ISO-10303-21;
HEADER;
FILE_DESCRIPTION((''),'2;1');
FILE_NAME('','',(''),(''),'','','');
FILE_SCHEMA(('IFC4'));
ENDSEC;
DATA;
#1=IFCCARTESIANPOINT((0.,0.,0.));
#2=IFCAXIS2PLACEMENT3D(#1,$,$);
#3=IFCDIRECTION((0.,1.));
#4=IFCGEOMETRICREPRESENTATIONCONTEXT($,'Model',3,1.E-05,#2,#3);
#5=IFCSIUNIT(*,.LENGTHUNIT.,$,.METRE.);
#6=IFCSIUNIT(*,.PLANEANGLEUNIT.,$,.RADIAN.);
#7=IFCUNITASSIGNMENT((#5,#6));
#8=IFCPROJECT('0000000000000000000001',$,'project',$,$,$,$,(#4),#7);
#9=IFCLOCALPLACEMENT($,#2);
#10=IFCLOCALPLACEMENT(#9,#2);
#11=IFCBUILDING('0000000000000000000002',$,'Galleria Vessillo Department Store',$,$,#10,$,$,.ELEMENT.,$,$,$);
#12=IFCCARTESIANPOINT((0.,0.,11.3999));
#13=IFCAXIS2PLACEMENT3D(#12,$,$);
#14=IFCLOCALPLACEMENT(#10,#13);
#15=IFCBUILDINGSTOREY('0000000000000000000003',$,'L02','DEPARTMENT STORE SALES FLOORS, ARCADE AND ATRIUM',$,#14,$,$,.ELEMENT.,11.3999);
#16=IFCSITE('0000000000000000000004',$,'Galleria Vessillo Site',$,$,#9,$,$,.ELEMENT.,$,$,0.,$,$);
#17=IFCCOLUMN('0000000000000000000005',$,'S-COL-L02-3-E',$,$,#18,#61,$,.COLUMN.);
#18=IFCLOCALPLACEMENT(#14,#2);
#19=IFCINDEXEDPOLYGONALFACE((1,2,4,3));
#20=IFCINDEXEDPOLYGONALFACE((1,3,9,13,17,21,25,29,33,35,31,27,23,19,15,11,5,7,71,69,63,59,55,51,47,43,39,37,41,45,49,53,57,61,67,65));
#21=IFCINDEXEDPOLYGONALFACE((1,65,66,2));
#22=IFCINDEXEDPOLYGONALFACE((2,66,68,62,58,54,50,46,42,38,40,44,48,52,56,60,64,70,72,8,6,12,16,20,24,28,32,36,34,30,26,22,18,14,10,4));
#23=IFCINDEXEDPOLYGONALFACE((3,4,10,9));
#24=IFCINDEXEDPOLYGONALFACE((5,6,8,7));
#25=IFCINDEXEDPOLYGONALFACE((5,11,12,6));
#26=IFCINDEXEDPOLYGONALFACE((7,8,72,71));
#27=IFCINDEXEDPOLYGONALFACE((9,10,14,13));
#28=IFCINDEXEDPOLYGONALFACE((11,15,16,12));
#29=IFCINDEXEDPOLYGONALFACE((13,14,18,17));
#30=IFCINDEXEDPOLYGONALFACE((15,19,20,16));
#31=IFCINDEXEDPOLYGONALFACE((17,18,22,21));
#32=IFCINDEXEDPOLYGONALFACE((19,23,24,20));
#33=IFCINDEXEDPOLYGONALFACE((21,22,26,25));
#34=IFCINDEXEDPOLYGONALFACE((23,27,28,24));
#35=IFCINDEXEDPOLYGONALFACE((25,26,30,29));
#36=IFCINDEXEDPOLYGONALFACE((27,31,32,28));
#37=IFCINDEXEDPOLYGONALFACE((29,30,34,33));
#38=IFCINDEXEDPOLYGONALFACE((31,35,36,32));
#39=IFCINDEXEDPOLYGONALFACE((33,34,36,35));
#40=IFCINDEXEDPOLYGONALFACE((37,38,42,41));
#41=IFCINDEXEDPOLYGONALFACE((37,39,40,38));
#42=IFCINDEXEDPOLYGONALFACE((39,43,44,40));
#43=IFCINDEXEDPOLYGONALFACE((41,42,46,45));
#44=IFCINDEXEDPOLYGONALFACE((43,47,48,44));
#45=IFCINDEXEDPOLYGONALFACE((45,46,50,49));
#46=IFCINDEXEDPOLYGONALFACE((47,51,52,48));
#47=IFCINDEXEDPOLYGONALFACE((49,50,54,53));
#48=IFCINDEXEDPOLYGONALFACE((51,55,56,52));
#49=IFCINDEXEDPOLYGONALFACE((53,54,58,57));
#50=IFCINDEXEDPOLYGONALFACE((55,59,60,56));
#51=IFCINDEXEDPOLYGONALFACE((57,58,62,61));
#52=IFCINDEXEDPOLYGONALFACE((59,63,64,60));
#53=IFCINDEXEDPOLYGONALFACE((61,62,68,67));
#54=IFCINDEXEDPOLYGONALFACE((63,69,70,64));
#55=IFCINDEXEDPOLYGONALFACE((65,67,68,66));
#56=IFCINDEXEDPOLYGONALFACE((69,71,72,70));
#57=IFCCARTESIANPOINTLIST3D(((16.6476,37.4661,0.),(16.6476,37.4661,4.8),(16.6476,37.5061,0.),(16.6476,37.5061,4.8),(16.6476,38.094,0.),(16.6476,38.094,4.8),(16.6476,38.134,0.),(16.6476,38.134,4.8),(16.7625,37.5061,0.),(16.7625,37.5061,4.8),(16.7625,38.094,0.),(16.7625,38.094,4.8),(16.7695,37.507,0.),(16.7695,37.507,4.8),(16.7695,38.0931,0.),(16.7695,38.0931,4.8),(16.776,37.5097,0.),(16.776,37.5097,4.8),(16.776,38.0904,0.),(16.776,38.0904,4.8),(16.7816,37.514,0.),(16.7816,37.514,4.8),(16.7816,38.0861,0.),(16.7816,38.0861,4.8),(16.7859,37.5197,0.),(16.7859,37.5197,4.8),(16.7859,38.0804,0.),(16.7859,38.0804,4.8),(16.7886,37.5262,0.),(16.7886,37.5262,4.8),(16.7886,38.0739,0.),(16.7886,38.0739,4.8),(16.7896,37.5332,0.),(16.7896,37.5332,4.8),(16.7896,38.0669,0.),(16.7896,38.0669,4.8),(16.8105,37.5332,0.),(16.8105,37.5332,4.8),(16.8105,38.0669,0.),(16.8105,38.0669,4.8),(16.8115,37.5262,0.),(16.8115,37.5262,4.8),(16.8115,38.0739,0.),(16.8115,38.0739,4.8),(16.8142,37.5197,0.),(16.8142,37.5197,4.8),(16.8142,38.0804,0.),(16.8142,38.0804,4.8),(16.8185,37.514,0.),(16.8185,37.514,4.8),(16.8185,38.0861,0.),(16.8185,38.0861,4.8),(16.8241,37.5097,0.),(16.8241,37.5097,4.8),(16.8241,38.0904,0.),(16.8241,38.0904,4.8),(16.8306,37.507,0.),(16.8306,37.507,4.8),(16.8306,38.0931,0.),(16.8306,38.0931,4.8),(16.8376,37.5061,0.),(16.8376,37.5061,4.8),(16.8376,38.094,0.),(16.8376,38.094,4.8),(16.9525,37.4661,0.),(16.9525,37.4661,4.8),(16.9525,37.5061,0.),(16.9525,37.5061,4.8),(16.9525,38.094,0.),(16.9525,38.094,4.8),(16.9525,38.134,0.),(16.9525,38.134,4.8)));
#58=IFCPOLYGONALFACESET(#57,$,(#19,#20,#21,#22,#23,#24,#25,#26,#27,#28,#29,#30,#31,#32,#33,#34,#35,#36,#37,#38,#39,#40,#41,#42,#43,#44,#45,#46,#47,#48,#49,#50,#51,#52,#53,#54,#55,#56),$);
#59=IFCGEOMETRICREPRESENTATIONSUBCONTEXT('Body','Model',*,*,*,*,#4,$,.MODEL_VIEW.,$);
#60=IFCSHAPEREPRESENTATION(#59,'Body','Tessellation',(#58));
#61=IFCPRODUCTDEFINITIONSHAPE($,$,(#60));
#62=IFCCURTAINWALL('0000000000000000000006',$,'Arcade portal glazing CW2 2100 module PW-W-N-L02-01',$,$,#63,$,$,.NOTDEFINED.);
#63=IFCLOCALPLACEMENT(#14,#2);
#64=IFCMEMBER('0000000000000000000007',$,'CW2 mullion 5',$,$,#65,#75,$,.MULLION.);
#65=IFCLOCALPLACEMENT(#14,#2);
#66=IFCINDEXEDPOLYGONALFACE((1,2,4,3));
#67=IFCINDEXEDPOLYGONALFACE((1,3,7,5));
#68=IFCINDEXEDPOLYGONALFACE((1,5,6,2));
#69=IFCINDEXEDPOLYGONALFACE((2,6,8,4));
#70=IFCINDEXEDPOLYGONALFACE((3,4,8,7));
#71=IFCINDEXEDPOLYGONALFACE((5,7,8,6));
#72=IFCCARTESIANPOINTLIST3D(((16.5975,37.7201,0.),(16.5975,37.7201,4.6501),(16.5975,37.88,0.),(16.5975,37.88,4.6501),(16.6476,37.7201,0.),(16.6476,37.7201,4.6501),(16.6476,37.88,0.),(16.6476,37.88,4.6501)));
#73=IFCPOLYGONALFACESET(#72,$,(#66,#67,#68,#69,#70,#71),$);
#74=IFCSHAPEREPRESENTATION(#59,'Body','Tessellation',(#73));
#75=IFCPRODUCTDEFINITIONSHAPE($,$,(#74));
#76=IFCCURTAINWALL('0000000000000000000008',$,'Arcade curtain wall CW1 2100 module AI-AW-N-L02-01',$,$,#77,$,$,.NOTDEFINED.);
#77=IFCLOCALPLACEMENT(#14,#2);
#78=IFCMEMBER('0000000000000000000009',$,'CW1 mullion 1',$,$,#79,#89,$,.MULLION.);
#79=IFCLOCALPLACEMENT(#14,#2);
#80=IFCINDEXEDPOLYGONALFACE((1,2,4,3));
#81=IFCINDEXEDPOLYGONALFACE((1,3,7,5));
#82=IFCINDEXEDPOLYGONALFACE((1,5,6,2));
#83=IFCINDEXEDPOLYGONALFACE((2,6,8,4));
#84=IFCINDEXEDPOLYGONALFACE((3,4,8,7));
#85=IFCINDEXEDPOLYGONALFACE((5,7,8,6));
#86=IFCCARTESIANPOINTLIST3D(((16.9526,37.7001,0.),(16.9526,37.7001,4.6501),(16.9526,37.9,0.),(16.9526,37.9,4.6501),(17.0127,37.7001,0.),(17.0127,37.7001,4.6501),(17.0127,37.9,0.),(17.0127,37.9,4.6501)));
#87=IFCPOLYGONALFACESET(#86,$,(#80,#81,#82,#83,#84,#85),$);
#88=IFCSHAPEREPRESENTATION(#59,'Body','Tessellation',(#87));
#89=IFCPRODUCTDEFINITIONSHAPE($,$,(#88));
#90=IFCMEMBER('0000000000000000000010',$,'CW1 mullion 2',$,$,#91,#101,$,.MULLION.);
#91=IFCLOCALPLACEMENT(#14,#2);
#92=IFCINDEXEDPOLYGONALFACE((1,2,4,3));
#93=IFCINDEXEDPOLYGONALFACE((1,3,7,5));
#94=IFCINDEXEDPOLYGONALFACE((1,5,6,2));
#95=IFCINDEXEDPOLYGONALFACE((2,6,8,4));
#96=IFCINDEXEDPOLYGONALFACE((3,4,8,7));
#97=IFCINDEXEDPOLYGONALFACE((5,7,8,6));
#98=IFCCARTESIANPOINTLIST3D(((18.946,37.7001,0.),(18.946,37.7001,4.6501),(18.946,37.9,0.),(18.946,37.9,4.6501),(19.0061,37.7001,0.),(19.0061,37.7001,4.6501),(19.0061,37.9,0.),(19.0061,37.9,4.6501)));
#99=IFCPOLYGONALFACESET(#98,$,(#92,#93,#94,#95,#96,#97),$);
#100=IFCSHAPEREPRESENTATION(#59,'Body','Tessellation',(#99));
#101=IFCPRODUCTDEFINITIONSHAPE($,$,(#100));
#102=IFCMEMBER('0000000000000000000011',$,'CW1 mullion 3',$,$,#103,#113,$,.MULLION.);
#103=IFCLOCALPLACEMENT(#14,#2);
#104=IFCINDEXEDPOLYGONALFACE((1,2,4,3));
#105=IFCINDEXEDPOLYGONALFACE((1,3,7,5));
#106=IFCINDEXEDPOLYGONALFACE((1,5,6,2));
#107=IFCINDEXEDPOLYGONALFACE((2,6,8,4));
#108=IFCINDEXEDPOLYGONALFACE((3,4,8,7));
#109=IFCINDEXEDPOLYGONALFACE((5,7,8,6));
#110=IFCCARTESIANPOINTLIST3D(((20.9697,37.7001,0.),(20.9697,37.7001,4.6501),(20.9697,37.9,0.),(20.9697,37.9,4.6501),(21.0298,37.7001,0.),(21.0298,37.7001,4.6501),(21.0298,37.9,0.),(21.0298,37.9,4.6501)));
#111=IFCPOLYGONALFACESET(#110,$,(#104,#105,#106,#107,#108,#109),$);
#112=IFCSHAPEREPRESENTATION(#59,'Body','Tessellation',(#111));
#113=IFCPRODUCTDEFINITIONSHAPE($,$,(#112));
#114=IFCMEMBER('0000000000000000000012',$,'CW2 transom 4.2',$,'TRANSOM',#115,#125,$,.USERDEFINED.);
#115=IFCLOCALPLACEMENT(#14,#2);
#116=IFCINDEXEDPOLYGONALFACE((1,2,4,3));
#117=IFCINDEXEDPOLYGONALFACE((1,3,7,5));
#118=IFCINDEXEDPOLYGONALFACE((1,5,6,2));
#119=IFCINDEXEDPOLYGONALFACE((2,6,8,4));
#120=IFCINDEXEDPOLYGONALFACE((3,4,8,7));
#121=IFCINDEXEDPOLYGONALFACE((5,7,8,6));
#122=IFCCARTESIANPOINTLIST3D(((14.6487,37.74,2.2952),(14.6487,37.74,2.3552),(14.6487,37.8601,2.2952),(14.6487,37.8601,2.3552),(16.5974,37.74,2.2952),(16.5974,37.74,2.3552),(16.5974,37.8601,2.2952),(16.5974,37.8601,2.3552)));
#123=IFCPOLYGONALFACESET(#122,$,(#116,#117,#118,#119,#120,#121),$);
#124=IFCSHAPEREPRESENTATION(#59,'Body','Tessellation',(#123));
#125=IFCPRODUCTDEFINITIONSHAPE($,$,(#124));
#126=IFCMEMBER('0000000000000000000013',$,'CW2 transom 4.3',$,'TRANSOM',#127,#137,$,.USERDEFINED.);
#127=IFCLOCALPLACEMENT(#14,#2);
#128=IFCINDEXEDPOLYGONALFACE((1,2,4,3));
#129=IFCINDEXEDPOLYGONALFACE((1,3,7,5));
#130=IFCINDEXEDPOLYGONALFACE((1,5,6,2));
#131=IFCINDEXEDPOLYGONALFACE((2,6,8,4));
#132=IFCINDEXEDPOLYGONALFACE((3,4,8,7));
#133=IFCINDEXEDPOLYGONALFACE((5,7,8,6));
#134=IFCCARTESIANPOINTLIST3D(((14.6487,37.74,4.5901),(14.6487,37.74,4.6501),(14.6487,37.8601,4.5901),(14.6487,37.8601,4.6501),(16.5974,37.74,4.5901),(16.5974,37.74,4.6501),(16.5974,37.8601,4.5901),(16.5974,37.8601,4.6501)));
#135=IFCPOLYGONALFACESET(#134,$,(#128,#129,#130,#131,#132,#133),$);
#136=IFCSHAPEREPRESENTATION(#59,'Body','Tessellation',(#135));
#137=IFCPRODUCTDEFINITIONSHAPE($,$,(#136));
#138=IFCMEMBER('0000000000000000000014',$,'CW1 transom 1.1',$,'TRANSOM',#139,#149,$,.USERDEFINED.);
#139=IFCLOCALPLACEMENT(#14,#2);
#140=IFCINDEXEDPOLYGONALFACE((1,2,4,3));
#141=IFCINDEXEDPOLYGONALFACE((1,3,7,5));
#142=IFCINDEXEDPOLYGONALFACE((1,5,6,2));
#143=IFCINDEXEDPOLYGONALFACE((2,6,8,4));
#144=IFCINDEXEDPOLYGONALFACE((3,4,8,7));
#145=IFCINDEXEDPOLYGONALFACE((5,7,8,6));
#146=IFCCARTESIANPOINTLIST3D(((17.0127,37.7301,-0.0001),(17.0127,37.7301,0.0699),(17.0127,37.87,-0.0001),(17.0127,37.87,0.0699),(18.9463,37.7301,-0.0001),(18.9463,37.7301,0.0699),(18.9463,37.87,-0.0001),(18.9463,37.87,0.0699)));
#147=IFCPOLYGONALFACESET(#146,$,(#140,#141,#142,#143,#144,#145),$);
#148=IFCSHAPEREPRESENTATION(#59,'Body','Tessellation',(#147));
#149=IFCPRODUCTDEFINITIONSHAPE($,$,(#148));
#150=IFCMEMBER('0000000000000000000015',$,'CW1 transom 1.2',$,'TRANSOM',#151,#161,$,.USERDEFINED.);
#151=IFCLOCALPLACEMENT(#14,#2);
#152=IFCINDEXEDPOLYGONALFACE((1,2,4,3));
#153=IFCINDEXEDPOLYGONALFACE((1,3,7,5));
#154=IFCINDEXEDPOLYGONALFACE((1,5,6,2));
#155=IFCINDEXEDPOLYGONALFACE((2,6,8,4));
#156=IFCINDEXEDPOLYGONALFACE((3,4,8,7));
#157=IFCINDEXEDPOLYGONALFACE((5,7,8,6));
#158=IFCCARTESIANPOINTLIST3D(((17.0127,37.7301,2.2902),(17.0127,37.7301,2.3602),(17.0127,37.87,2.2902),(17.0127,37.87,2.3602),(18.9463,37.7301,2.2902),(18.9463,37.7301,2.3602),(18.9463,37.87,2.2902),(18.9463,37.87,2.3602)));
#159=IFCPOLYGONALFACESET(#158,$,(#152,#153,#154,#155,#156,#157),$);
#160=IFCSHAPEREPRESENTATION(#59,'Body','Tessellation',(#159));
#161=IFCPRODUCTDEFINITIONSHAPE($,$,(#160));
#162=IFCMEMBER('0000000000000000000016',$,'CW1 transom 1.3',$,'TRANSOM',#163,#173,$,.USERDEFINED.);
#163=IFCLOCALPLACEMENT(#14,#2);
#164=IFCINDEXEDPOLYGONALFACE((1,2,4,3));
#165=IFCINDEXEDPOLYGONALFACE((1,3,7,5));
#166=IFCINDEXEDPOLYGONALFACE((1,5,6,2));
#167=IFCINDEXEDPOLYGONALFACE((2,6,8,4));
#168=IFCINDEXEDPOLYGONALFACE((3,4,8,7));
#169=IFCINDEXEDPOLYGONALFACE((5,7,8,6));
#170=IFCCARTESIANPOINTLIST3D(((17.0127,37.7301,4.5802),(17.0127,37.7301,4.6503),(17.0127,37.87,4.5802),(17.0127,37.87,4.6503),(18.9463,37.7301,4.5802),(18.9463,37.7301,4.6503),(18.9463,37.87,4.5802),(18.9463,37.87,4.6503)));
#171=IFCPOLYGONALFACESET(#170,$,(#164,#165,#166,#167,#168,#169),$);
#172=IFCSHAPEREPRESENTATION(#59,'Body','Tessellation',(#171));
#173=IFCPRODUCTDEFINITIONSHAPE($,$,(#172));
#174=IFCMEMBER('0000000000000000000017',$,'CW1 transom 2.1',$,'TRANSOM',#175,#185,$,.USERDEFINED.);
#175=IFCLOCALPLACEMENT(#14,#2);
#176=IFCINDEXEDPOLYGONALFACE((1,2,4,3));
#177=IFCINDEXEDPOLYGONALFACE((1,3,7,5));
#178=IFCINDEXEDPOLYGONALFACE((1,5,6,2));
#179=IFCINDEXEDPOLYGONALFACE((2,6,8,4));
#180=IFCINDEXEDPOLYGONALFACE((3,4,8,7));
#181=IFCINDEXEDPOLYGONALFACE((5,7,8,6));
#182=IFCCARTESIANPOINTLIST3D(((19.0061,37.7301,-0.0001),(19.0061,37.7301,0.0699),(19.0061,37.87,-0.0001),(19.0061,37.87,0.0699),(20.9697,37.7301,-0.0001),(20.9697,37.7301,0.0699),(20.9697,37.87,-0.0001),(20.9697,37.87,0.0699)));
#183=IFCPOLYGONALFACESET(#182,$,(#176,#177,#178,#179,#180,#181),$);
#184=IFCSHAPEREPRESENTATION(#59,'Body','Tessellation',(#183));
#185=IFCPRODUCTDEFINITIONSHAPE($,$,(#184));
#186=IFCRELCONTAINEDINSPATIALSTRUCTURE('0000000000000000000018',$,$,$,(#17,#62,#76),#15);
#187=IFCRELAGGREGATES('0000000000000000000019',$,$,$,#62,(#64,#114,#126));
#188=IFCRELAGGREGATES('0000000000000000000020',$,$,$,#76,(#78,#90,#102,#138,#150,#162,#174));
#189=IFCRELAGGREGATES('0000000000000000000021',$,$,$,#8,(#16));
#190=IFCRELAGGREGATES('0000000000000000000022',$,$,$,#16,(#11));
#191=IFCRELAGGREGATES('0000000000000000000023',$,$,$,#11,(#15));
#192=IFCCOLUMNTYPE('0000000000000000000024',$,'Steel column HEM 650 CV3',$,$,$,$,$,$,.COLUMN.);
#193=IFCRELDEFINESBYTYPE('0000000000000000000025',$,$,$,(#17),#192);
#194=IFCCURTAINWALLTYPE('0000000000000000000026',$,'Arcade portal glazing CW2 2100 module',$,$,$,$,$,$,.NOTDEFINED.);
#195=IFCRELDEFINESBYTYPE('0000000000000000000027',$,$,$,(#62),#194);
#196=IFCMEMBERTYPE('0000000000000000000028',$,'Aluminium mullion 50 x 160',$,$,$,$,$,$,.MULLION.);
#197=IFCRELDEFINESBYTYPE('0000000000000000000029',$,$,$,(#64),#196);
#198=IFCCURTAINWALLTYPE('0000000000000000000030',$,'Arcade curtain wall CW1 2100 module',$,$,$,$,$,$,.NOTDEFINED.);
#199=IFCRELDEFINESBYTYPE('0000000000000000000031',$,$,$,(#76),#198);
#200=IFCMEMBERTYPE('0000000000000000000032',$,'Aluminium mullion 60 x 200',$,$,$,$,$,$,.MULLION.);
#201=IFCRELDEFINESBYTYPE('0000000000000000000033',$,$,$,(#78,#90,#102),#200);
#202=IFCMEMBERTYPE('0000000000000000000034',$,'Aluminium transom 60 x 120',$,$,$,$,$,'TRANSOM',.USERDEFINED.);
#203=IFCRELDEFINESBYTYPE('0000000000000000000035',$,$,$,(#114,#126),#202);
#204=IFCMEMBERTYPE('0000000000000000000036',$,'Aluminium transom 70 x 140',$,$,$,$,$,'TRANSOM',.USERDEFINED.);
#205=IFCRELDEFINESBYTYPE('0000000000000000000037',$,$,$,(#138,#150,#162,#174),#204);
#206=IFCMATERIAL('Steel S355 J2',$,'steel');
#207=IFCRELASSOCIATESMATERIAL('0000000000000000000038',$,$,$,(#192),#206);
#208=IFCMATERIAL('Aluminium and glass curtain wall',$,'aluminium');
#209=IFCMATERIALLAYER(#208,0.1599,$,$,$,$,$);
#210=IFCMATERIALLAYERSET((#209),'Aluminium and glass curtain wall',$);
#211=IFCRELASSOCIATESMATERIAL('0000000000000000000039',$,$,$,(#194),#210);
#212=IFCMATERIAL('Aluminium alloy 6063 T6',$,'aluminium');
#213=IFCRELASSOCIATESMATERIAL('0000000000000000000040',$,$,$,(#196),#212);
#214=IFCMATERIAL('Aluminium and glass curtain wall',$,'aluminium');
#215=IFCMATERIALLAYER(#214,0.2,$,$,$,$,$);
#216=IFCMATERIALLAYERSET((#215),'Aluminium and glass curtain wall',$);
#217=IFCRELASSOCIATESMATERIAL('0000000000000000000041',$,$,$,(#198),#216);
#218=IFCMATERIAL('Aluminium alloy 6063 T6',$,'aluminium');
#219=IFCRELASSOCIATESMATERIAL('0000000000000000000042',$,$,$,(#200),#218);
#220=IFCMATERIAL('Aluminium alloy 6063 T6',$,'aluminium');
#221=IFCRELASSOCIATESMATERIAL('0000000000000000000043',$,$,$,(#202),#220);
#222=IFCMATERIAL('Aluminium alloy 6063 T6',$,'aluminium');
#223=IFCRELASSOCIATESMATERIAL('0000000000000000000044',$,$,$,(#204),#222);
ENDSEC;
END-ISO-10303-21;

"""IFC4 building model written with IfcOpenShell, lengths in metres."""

from ifc_helpers import new_model, si_unit, direction, frame, origin, origin_2d, place, context, subcontext, project, spatial, rectangle, i_section, extrude, material, layer, layer_set, material_profile, profile_set, type_object, element, aggregate, save


model = new_model("IFC4")

# Units and contexts
model_context = context("Model", 3, precision=1e-05, world=origin(), true_north=direction((0.0, 1.0)))
body_context = subcontext(model_context, "Body", "Model", "MODEL_VIEW")
ifc_project = project(units=[si_unit("LENGTHUNIT", "METRE"), si_unit("PLANEANGLEUNIT", "RADIAN")], contexts=[model_context])

# Site, building, storey
site_placement = place(None, origin())
site = spatial("IfcSite", under=ifc_project, at=site_placement, Name="Galleria Vessillo Site", CompositionType="ELEMENT", RefElevation=0.0)
building_placement = place(site_placement, origin())
building = spatial("IfcBuilding", under=site, at=building_placement, Name="Galleria Vessillo Department Store", CompositionType="ELEMENT")
storey_placement = place(building_placement, frame((0.0, 0.0, 11.3999)))
storey = spatial("IfcBuildingStorey", under=building, at=storey_placement, Name="L02", Description="DEPARTMENT STORE SALES FLOORS, ARCADE AND ATRIUM", CompositionType="ELEMENT", Elevation=11.3999)

# Column
ifc_material_1 = material(Name="Steel S355 J2", Category="steel")
ifc_material_profile_1 = material_profile(ifc_material_1, i_section(OverallWidth=0.3049, OverallDepth=0.668, WebThickness=0.021, FlangeThickness=0.04, FilletRadius=0.0271, at=origin_2d()), Name="HEM 650")
ifc_profile_set_1 = profile_set([ifc_material_profile_1], Name="Steel S355 J2")
column_type = type_object("IfcColumnType", Name="Steel column HEM 650 CV3", PredefinedType="COLUMN", material=ifc_profile_set_1)
column_placement = place(storey_placement, frame((16.8, 37.8, 0.0), z_axis=(0.0, 0.0, 1.0), x_axis=(1.0, 0.0, 0.0)))
element("IfcColumn", 1, at=column_placement, inside=storey, type_object=column_type, Name="S-COL-L02-3-E", PredefinedType="COLUMN", context=body_context, shape_type="SweptSolid", body=[
    extrude(i_section(OverallWidth=0.3049, OverallDepth=0.668, WebThickness=0.021, FlangeThickness=0.04, FilletRadius=0.0271, at=origin_2d()), origin(), (0.0, 0.0, 1.0), 4.8),
])

# Curtain wall, member
ifc_material_2 = material(Name="Aluminium and glass curtain wall", Category="aluminium")
ifc_layer_1 = layer(ifc_material_2, 0.1599)
ifc_layer_set_1 = layer_set([ifc_layer_1], Name="Aluminium and glass curtain wall")
curtain_wall_type_1 = type_object("IfcCurtainWallType", Name="Arcade portal glazing CW2 2100 module", PredefinedType="NOTDEFINED", material=ifc_layer_set_1)
curtain_wall_1_placement = place(storey_placement, origin())
curtain_wall_1 = element("IfcCurtainWall", 2, at=curtain_wall_1_placement, inside=storey, type_object=curtain_wall_type_1, Name="Arcade portal glazing CW2 2100 module PW-W-N-L02-01", PredefinedType="NOTDEFINED")
ifc_material_3 = material(Name="Aluminium alloy 6063 T6", Category="aluminium")
ifc_material_profile_2 = material_profile(ifc_material_3, rectangle(XDim=0.1599, YDim=0.05, at=origin_2d()), Name="AL 50x160")
ifc_profile_set_2 = profile_set([ifc_material_profile_2], Name="Aluminium alloy 6063 T6")
member_type_1 = type_object("IfcMemberType", Name="Aluminium mullion 50 x 160", PredefinedType="MULLION", material=ifc_profile_set_2)
member_1_placement = place(storey_placement, frame((16.6226, 37.8, 0.0), z_axis=(0.0, 0.0, 1.0), x_axis=(0.0, 1.0, 0.0)))
member_1 = element("IfcMember", 3, at=member_1_placement, type_object=member_type_1, Name="CW2 mullion 5", PredefinedType="MULLION", context=body_context, shape_type="SweptSolid", body=[
    extrude(rectangle(XDim=0.1599, YDim=0.05, at=origin_2d()), origin(), (0.0, 0.0, 1.0), 4.6501),
])

# Curtain wall, members
ifc_material_4 = material(Name="Aluminium and glass curtain wall", Category="aluminium")
ifc_layer_2 = layer(ifc_material_4, 0.2)
ifc_layer_set_2 = layer_set([ifc_layer_2], Name="Aluminium and glass curtain wall")
curtain_wall_type_2 = type_object("IfcCurtainWallType", Name="Arcade curtain wall CW1 2100 module", PredefinedType="NOTDEFINED", material=ifc_layer_set_2)
curtain_wall_2_placement = place(storey_placement, origin())
curtain_wall_2 = element("IfcCurtainWall", 4, at=curtain_wall_2_placement, inside=storey, type_object=curtain_wall_type_2, Name="Arcade curtain wall CW1 2100 module AI-AW-N-L02-01", PredefinedType="NOTDEFINED")
ifc_material_5 = material(Name="Aluminium alloy 6063 T6", Category="aluminium")
ifc_material_profile_3 = material_profile(ifc_material_5, rectangle(XDim=0.2, YDim=0.0601, at=origin_2d()), Name="AL 60x200")
ifc_profile_set_3 = profile_set([ifc_material_profile_3], Name="Aluminium alloy 6063 T6")
member_type_2 = type_object("IfcMemberType", Name="Aluminium mullion 60 x 200", PredefinedType="MULLION", material=ifc_profile_set_3)
member_2_placement = place(storey_placement, frame((16.9827, 37.8, 0.0), z_axis=(0.0, 0.0, 1.0), x_axis=(0.0, 1.0, 0.0)))
member_2 = element("IfcMember", 5, at=member_2_placement, type_object=member_type_2, Name="CW1 mullion 1", PredefinedType="MULLION", context=body_context, shape_type="SweptSolid", body=[
    extrude(rectangle(XDim=0.2, YDim=0.0601, at=origin_2d()), origin(), (0.0, 0.0, 1.0), 4.6501),
])
member_3_placement = place(storey_placement, frame((18.9761, 37.8, 0.0), z_axis=(0.0, 0.0, 1.0), x_axis=(0.0, 1.0, 0.0)))
member_3 = element("IfcMember", 6, at=member_3_placement, type_object=member_type_2, Name="CW1 mullion 2", PredefinedType="MULLION", context=body_context, shape_type="SweptSolid", body=[
    extrude(rectangle(XDim=0.2, YDim=0.0601, at=origin_2d()), origin(), (0.0, 0.0, 1.0), 4.6501),
])
member_4_placement = place(storey_placement, frame((20.9998, 37.8, 0.0), z_axis=(0.0, 0.0, 1.0), x_axis=(0.0, 1.0, 0.0)))
member_4 = element("IfcMember", 7, at=member_4_placement, type_object=member_type_2, Name="CW1 mullion 3", PredefinedType="MULLION", context=body_context, shape_type="SweptSolid", body=[
    extrude(rectangle(XDim=0.2, YDim=0.0601, at=origin_2d()), origin(), (0.0, 0.0, 1.0), 4.6501),
])

# Members
ifc_material_6 = material(Name="Aluminium alloy 6063 T6", Category="aluminium")
ifc_material_profile_4 = material_profile(ifc_material_6, rectangle(XDim=0.1201, YDim=0.0601, at=origin_2d()), Name="AL 60x120")
ifc_profile_set_4 = profile_set([ifc_material_profile_4], Name="Aluminium alloy 6063 T6")
member_type_3 = type_object("IfcMemberType", Name="Aluminium transom 60 x 120", ElementType="TRANSOM", PredefinedType="USERDEFINED", material=ifc_profile_set_4)
member_5_placement = place(storey_placement, frame((14.6487, 37.8, 2.3252), z_axis=(1.0, 0.0, 0.0), x_axis=(0.0, 1.0, 0.0)))
member_5 = element("IfcMember", 8, at=member_5_placement, type_object=member_type_3, Name="CW2 transom 4.2", ObjectType="TRANSOM", PredefinedType="USERDEFINED", context=body_context, shape_type="SweptSolid", body=[
    extrude(rectangle(XDim=0.1201, YDim=0.0601, at=origin_2d()), origin(), (0.0, 0.0, 1.0), 1.9487),
])
member_6_placement = place(storey_placement, frame((14.6487, 37.8, 4.6201), z_axis=(1.0, 0.0, 0.0), x_axis=(0.0, 1.0, 0.0)))
member_6 = element("IfcMember", 9, at=member_6_placement, type_object=member_type_3, Name="CW2 transom 4.3", ObjectType="TRANSOM", PredefinedType="USERDEFINED", context=body_context, shape_type="SweptSolid", body=[
    extrude(rectangle(XDim=0.1201, YDim=0.0601, at=origin_2d()), origin(), (0.0, 0.0, 1.0), 1.9487),
])
ifc_material_7 = material(Name="Aluminium alloy 6063 T6", Category="aluminium")
ifc_material_profile_5 = material_profile(ifc_material_7, rectangle(XDim=0.1399, YDim=0.0701, at=origin_2d()), Name="AL 70x140")
ifc_profile_set_5 = profile_set([ifc_material_profile_5], Name="Aluminium alloy 6063 T6")
member_type_4 = type_object("IfcMemberType", Name="Aluminium transom 70 x 140", ElementType="TRANSOM", PredefinedType="USERDEFINED", material=ifc_profile_set_5)
member_7_placement = place(storey_placement, frame((17.0127, 37.8, 0.0349), z_axis=(1.0, 0.0, 0.0), x_axis=(0.0, 1.0, 0.0)))
member_7 = element("IfcMember", 10, at=member_7_placement, type_object=member_type_4, Name="CW1 transom 1.1", ObjectType="TRANSOM", PredefinedType="USERDEFINED", context=body_context, shape_type="SweptSolid", body=[
    extrude(rectangle(XDim=0.1399, YDim=0.0701, at=origin_2d()), origin(), (0.0, 0.0, 1.0), 1.9336),
])
member_8_placement = place(storey_placement, frame((17.0127, 37.8, 2.3252), z_axis=(1.0, 0.0, 0.0), x_axis=(0.0, 1.0, 0.0)))
member_8 = element("IfcMember", 11, at=member_8_placement, type_object=member_type_4, Name="CW1 transom 1.2", ObjectType="TRANSOM", PredefinedType="USERDEFINED", context=body_context, shape_type="SweptSolid", body=[
    extrude(rectangle(XDim=0.1399, YDim=0.0701, at=origin_2d()), origin(), (0.0, 0.0, 1.0), 1.9336),
])
member_9_placement = place(storey_placement, frame((17.0127, 37.8, 4.6152), z_axis=(1.0, 0.0, 0.0), x_axis=(0.0, 1.0, 0.0)))
member_9 = element("IfcMember", 12, at=member_9_placement, type_object=member_type_4, Name="CW1 transom 1.3", ObjectType="TRANSOM", PredefinedType="USERDEFINED", context=body_context, shape_type="SweptSolid", body=[
    extrude(rectangle(XDim=0.1399, YDim=0.0701, at=origin_2d()), origin(), (0.0, 0.0, 1.0), 1.9336),
])
member_10_placement = place(storey_placement, frame((19.0061, 37.8, 0.0349), z_axis=(1.0, 0.0, 0.0), x_axis=(0.0, 1.0, 0.0)))
member_10 = element("IfcMember", 13, at=member_10_placement, type_object=member_type_4, Name="CW1 transom 2.1", ObjectType="TRANSOM", PredefinedType="USERDEFINED", context=body_context, shape_type="SweptSolid", body=[
    extrude(rectangle(XDim=0.1399, YDim=0.0701, at=origin_2d()), origin(), (0.0, 0.0, 1.0), 1.9636),
])

aggregate(curtain_wall_1, [member_1, member_5, member_6])
aggregate(curtain_wall_2, [member_2, member_3, member_4, member_7, member_8, member_9, member_10])

save(model, "model.ifc")
